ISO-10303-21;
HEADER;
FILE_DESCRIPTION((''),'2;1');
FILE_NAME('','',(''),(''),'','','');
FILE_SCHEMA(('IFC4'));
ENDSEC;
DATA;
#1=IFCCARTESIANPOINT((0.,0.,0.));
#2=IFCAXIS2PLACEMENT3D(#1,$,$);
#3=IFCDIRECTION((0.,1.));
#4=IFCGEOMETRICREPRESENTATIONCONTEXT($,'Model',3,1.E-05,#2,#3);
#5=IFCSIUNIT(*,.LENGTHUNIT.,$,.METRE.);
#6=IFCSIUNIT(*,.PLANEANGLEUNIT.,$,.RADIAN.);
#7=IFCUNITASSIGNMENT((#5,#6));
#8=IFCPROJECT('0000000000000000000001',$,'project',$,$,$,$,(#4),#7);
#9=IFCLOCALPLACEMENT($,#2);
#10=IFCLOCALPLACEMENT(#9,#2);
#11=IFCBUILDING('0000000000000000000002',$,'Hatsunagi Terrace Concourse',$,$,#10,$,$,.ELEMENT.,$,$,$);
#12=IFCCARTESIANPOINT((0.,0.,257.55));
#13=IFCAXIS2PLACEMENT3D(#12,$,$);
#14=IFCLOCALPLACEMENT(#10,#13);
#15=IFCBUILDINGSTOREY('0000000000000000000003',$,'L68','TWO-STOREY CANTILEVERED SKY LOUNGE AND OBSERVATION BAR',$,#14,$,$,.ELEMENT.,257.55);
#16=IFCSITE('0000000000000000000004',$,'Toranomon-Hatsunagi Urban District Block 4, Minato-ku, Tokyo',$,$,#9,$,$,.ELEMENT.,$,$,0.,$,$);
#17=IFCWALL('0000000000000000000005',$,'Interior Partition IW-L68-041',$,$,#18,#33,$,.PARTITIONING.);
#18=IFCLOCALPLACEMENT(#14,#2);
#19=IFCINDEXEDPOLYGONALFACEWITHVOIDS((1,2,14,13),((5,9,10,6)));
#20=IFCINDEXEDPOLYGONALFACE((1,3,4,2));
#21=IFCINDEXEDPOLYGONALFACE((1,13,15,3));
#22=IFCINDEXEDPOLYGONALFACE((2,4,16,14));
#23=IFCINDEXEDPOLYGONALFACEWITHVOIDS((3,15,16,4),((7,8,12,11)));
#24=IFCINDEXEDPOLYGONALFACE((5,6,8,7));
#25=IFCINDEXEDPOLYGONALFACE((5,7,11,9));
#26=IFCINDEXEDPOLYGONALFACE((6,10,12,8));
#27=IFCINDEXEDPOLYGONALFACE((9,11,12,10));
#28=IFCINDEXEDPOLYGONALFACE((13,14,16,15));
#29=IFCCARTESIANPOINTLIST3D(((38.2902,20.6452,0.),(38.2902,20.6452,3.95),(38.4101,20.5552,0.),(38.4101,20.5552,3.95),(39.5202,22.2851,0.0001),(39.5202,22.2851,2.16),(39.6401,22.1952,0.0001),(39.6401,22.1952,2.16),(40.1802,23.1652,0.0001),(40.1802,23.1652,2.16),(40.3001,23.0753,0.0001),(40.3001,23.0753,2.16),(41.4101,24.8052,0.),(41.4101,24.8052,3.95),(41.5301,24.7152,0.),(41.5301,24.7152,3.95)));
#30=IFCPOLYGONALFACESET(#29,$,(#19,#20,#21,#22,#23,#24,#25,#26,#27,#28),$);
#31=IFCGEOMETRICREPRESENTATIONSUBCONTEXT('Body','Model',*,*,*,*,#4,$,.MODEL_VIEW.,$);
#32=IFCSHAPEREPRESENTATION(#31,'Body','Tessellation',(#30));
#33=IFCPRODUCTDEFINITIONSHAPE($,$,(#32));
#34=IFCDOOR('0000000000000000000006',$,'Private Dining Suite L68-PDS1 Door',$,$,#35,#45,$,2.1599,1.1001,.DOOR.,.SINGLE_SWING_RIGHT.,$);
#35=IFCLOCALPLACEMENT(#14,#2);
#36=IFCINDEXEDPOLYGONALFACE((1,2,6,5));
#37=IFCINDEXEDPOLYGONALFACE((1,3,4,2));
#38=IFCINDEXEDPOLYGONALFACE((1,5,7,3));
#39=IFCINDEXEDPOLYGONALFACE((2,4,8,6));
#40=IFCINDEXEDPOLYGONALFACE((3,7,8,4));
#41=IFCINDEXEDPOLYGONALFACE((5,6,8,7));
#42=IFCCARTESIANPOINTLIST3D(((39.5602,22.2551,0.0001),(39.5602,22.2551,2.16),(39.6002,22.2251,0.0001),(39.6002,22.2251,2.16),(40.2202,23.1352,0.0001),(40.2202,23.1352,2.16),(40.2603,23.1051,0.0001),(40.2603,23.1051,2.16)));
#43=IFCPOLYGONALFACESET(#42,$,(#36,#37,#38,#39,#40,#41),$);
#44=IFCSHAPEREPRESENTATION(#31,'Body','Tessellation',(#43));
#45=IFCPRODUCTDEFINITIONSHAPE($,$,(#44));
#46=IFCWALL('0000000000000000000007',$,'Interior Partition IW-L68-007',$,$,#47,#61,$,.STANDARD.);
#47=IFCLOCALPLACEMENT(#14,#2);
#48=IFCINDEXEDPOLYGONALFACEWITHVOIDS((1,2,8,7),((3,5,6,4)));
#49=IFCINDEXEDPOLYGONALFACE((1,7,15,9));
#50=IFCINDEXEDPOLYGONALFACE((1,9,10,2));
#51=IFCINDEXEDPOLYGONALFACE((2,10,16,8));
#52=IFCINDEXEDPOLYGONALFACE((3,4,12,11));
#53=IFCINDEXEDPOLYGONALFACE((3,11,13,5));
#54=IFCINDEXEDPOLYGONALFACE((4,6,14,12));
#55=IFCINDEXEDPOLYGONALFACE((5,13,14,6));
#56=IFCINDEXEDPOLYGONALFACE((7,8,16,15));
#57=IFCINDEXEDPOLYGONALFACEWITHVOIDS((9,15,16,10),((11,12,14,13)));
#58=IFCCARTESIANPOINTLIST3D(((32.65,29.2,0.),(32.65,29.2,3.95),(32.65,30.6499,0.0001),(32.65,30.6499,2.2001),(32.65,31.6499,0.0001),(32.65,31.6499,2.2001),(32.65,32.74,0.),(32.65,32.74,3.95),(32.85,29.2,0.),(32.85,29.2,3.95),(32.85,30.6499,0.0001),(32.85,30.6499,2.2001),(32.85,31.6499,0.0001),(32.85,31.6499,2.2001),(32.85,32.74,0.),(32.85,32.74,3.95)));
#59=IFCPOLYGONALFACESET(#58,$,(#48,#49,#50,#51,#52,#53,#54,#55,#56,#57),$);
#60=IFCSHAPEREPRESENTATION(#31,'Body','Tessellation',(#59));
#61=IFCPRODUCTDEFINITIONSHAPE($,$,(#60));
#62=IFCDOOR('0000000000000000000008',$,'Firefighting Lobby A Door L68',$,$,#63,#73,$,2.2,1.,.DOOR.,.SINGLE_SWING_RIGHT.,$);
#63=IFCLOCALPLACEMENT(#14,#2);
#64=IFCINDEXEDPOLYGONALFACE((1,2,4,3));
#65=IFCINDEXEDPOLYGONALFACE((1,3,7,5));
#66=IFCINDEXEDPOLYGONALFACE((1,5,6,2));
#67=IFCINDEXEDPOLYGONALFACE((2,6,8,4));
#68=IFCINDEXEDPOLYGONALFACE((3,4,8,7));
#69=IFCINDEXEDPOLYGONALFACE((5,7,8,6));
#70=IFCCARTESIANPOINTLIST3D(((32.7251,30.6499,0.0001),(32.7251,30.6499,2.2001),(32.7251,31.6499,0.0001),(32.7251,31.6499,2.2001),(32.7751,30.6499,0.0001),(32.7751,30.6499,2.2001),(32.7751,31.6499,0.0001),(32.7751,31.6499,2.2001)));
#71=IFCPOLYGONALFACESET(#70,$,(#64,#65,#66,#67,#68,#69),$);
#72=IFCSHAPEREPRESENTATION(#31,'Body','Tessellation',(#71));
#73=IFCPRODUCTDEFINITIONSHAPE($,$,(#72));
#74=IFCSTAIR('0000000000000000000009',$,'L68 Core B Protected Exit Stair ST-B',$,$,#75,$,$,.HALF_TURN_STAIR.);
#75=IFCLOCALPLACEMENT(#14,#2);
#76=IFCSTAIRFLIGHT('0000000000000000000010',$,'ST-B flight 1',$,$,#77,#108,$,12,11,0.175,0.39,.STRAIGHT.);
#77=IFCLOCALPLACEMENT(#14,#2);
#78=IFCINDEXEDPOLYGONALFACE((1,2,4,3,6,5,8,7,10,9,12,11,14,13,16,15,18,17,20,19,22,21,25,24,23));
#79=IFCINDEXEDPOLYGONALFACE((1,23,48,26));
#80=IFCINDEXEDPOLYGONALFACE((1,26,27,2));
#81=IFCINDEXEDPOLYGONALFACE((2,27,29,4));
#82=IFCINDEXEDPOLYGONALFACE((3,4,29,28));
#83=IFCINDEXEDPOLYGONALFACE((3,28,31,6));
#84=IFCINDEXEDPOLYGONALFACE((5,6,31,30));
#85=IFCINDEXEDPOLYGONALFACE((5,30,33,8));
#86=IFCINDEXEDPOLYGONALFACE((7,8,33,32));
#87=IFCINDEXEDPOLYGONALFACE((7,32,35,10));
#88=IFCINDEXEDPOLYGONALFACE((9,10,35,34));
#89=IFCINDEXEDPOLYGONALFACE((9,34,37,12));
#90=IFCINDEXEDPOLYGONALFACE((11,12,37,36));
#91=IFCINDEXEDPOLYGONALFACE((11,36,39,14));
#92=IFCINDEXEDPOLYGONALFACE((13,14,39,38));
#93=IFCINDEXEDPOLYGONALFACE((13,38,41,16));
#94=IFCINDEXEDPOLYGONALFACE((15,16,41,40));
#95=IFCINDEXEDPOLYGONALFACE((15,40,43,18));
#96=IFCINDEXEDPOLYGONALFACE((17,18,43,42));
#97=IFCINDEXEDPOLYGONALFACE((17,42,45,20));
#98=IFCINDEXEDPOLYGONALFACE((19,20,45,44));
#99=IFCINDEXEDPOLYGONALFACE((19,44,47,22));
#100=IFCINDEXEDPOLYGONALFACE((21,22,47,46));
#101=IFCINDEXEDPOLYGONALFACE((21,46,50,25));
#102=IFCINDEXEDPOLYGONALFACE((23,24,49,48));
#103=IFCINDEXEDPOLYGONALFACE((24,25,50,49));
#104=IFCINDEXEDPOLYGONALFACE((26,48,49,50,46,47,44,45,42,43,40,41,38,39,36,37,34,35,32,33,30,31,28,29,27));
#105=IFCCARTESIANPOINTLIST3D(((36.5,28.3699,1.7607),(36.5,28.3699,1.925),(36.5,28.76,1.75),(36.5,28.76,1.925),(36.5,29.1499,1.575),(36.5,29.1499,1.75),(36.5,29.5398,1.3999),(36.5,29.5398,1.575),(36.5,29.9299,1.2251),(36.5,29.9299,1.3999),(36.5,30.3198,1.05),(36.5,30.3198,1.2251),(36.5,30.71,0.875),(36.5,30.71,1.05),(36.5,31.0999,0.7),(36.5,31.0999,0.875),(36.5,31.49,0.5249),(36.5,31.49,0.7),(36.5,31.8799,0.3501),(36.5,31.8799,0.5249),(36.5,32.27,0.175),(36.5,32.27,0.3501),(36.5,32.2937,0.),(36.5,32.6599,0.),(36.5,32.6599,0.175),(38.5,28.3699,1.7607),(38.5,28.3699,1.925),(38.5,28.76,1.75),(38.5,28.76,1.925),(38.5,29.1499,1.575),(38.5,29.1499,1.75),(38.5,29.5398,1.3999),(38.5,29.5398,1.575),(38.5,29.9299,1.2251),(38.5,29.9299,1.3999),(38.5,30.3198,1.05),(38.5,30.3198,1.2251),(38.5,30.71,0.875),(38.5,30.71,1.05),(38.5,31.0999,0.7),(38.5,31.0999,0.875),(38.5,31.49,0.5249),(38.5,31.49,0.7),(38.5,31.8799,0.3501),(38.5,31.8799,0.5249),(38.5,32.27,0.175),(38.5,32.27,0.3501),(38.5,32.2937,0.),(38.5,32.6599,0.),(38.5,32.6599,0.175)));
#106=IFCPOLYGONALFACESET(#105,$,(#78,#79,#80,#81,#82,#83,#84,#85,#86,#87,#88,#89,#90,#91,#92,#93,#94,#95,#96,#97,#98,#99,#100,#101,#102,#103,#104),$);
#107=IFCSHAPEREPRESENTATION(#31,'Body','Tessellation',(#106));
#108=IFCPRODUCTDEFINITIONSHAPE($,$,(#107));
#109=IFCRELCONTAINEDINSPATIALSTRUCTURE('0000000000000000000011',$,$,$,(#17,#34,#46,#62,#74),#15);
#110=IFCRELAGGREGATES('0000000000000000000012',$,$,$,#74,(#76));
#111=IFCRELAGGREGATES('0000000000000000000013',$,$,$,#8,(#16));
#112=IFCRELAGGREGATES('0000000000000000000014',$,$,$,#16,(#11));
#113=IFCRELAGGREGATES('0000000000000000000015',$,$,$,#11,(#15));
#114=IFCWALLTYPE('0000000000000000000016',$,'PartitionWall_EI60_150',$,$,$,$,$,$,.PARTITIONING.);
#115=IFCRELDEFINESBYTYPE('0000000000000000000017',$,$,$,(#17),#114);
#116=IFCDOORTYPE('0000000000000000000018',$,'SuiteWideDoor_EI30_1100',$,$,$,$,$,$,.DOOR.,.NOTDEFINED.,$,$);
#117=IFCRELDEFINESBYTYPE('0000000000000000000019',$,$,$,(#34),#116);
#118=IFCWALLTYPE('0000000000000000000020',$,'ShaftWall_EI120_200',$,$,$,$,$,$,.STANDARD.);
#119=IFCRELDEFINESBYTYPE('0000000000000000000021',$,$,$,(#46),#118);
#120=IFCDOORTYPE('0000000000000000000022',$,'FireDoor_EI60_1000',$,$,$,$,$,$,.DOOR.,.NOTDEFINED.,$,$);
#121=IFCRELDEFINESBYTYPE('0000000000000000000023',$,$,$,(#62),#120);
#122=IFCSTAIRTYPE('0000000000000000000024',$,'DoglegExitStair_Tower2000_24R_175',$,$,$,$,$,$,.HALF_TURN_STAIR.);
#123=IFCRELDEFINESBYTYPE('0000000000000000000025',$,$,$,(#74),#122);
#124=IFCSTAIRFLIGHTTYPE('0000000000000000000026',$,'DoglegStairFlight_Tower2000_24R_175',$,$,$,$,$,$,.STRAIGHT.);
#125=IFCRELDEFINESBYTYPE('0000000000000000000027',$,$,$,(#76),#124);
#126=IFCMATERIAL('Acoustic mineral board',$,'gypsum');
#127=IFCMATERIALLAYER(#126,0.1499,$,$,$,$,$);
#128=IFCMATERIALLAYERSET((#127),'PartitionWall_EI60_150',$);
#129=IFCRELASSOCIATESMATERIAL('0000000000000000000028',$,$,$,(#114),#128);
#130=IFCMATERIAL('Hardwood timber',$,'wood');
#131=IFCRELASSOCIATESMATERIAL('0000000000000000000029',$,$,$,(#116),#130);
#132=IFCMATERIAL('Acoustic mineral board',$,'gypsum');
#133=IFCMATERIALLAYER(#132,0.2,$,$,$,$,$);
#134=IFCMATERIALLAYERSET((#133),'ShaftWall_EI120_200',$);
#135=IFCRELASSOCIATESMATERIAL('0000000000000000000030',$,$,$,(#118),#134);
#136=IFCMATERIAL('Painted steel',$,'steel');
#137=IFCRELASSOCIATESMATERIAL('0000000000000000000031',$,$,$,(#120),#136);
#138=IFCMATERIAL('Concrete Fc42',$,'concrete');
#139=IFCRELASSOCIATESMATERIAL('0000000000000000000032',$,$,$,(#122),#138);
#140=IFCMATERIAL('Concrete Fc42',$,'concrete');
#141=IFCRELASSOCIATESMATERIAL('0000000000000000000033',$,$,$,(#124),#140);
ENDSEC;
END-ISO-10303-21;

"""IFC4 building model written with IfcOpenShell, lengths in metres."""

from ifc_helpers import new_model, si_unit, direction, frame, frame_2d, origin, place, context, subcontext, project, spatial, polyline, rectangle, outline, extrude, material, layer, layer_set, type_object, element, fill, aggregate, save


model = new_model("IFC4")

# Units and contexts
model_context = context("Model", 3, precision=1e-05, world=origin(), true_north=direction((0.0, 1.0)))
body_context = subcontext(model_context, "Body", "Model", "MODEL_VIEW")
ifc_project = project(units=[si_unit("LENGTHUNIT", "METRE"), si_unit("PLANEANGLEUNIT", "RADIAN")], contexts=[model_context])

# Site, building, storey
site_placement = place(None, origin())
site = spatial("IfcSite", under=ifc_project, at=site_placement, Name="Toranomon-Hatsunagi Urban District Block 4, Minato-ku, Tokyo", CompositionType="ELEMENT", RefElevation=0.0)
building_placement = place(site_placement, origin())
building = spatial("IfcBuilding", under=site, at=building_placement, Name="Hatsunagi Terrace Concourse", CompositionType="ELEMENT")
storey_placement = place(building_placement, frame((0.0, 0.0, 257.55)))
storey = spatial("IfcBuildingStorey", under=building, at=storey_placement, Name="L68", Description="TWO-STOREY CANTILEVERED SKY LOUNGE AND OBSERVATION BAR", CompositionType="ELEMENT", Elevation=257.55)

# Shared definitions
ifc_material_1 = material(Name="Acoustic mineral board", Category="gypsum")
ifc_layer_1 = layer(ifc_material_1, 0.1499)
ifc_layer_set_1 = layer_set([ifc_layer_1], Name="PartitionWall_EI60_150")
wall_type_1 = type_object("IfcWallType", Name="PartitionWall_EI60_150", PredefinedType="PARTITIONING", material=ifc_layer_set_1)

# Walls, openings, doors
wall_1_placement = place(storey_placement, frame((38.3501, 20.6001, 0.0), z_axis=(0.0, 0.0, 1.0), x_axis=(0.599992, 0.800006, 0.0)))
wall_1 = element("IfcWall", 1, at=wall_1_placement, inside=storey, type_object=wall_type_1, Name="Interior Partition IW-L68-041", PredefinedType="PARTITIONING", context=body_context, shape_type="SweptSolid", body=[
    extrude(rectangle(XDim=5.2, YDim=0.1499, at=frame_2d((2.6001, 0.0))), origin(), (0.0, 0.0, 1.0), 3.95),
])
opening_1_placement = place(wall_1_placement, frame((2.05, 0.0, 0.0)))
opening_1 = element("IfcOpeningElement", 2, at=opening_1_placement, cuts=wall_1, PredefinedType="OPENING", context=body_context, shape_type="SweptSolid", body=[
    extrude(rectangle(XDim=1.1001, YDim=2.1599, at=frame_2d((0.55, 1.0801))), frame((0.0, 0.085, 0.0), z_axis=(0.0, -1.0, 0.0), x_axis=(1.0, 0.0, 0.0)), (0.0, 0.0, 1.0), 0.1699),
])
ifc_material_2 = material(Name="Hardwood timber", Category="wood")
door_type_1 = type_object("IfcDoorType", Name="SuiteWideDoor_EI30_1100", OperationType="NOTDEFINED", PredefinedType="DOOR", material=ifc_material_2)
door_1_placement = place(opening_1_placement, origin())
door_1 = element("IfcDoor", 3, at=door_1_placement, inside=storey, type_object=door_type_1, Name="Private Dining Suite L68-PDS1 Door", OperationType="SINGLE_SWING_RIGHT", OverallHeight=2.1599, OverallWidth=1.1001, PredefinedType="DOOR", context=body_context, shape_type="SweptSolid", body=[
    extrude(rectangle(XDim=1.1001, YDim=2.1599, at=frame_2d((0.55, 1.0801))), frame((0.0, 0.0249, 0.0), z_axis=(0.0, -1.0, 0.0), x_axis=(1.0, 0.0, 0.0)), (0.0, 0.0, 1.0), 0.05),
])
fill(opening_1, door_1)
ifc_material_3 = material(Name="Acoustic mineral board", Category="gypsum")
ifc_layer_2 = layer(ifc_material_3, 0.2)
ifc_layer_set_2 = layer_set([ifc_layer_2], Name="ShaftWall_EI120_200")
wall_type_2 = type_object("IfcWallType", Name="ShaftWall_EI120_200", PredefinedType="STANDARD", material=ifc_layer_set_2)
wall_2_placement = place(storey_placement, frame((32.75, 29.2, 0.0), z_axis=(0.0, 0.0, 1.0), x_axis=(0.0, 1.0, 0.0)))
wall_2 = element("IfcWall", 4, at=wall_2_placement, inside=storey, type_object=wall_type_2, Name="Interior Partition IW-L68-007", PredefinedType="STANDARD", context=body_context, shape_type="SweptSolid", body=[
    extrude(rectangle(XDim=3.54, YDim=0.2, at=frame_2d((1.77, 0.0))), origin(), (0.0, 0.0, 1.0), 3.95),
])
opening_2_placement = place(wall_2_placement, frame((1.45, 0.0, 0.0)))
opening_2 = element("IfcOpeningElement", 5, at=opening_2_placement, cuts=wall_2, PredefinedType="OPENING", context=body_context, shape_type="SweptSolid", body=[
    extrude(rectangle(XDim=1.0, YDim=2.2, at=frame_2d((0.5, 1.1001))), frame((0.0, 0.1099, 0.0), z_axis=(0.0, -1.0, 0.0), x_axis=(1.0, 0.0, 0.0)), (0.0, 0.0, 1.0), 0.22),
])
ifc_material_4 = material(Name="Painted steel", Category="steel")
door_type_2 = type_object("IfcDoorType", Name="FireDoor_EI60_1000", OperationType="NOTDEFINED", PredefinedType="DOOR", material=ifc_material_4)
door_2_placement = place(opening_2_placement, origin())
door_2 = element("IfcDoor", 6, at=door_2_placement, inside=storey, type_object=door_type_2, Name="Firefighting Lobby A Door L68", OperationType="SINGLE_SWING_RIGHT", OverallHeight=2.2, OverallWidth=1.0, PredefinedType="DOOR", context=body_context, shape_type="SweptSolid", body=[
    extrude(rectangle(XDim=1.0, YDim=2.2, at=frame_2d((0.5, 1.1001))), frame((0.0, 0.0249, 0.0), z_axis=(0.0, -1.0, 0.0), x_axis=(1.0, 0.0, 0.0)), (0.0, 0.0, 1.0), 0.05),
])
fill(opening_2, door_2)

# Stair, stair flight
ifc_material_5 = material(Name="Concrete Fc42", Category="concrete")
stair_type = type_object("IfcStairType", Name="DoglegExitStair_Tower2000_24R_175", PredefinedType="HALF_TURN_STAIR", material=ifc_material_5)
stair_placement = place(storey_placement, origin())
stair = element("IfcStair", 7, at=stair_placement, inside=storey, type_object=stair_type, Name="L68 Core B Protected Exit Stair ST-B", PredefinedType="HALF_TURN_STAIR")
ifc_material_6 = material(Name="Concrete Fc42", Category="concrete")
stair_flight_type = type_object("IfcStairFlightType", Name="DoglegStairFlight_Tower2000_24R_175", PredefinedType="STRAIGHT", material=ifc_material_6)
stair_flight_placement = place(storey_placement, frame((37.5, 32.6599, 0.0), z_axis=(0.0, 0.0, 1.0), x_axis=(0.0, -1.0, 0.0)))
stair_flight = element("IfcStairFlight", 8, at=stair_flight_placement, type_object=stair_flight_type, Name="ST-B flight 1", NumberOfRisers=12, NumberOfTreads=11, PredefinedType="STRAIGHT", RiserHeight=0.175, TreadLength=0.39, context=body_context, shape_type="SweptSolid", body=[
    extrude(outline(polyline([(0.0, 0.0), (0.0, 0.175), (0.3899, 0.175), (0.3899, 0.3501), (0.78, 0.3501), (0.78, 0.5249), (1.1699, 0.5249), (1.1699, 0.7), (1.5601, 0.7), (1.5601, 0.875), (1.95, 0.875), (1.95, 1.05), (2.3401, 1.05), (2.3401, 1.2251), (2.73, 1.2251), (2.73, 1.3999), (3.1201, 1.3999), (3.1201, 1.575), (3.51, 1.575), (3.51, 1.75), (3.8999, 1.75), (3.8999, 1.925), (4.29, 1.925), (4.29, 2.1001), (4.29, 1.7607), (0.3662, 0.0), (0.0, 0.0)])), frame((0.0, 1.0, 0.0), z_axis=(0.0, -1.0, 0.0), x_axis=(1.0, 0.0, 0.0)), (0.0, 0.0, 1.0), 2.0),
])
aggregate(stair, [stair_flight])

save(model, "model.ifc")
